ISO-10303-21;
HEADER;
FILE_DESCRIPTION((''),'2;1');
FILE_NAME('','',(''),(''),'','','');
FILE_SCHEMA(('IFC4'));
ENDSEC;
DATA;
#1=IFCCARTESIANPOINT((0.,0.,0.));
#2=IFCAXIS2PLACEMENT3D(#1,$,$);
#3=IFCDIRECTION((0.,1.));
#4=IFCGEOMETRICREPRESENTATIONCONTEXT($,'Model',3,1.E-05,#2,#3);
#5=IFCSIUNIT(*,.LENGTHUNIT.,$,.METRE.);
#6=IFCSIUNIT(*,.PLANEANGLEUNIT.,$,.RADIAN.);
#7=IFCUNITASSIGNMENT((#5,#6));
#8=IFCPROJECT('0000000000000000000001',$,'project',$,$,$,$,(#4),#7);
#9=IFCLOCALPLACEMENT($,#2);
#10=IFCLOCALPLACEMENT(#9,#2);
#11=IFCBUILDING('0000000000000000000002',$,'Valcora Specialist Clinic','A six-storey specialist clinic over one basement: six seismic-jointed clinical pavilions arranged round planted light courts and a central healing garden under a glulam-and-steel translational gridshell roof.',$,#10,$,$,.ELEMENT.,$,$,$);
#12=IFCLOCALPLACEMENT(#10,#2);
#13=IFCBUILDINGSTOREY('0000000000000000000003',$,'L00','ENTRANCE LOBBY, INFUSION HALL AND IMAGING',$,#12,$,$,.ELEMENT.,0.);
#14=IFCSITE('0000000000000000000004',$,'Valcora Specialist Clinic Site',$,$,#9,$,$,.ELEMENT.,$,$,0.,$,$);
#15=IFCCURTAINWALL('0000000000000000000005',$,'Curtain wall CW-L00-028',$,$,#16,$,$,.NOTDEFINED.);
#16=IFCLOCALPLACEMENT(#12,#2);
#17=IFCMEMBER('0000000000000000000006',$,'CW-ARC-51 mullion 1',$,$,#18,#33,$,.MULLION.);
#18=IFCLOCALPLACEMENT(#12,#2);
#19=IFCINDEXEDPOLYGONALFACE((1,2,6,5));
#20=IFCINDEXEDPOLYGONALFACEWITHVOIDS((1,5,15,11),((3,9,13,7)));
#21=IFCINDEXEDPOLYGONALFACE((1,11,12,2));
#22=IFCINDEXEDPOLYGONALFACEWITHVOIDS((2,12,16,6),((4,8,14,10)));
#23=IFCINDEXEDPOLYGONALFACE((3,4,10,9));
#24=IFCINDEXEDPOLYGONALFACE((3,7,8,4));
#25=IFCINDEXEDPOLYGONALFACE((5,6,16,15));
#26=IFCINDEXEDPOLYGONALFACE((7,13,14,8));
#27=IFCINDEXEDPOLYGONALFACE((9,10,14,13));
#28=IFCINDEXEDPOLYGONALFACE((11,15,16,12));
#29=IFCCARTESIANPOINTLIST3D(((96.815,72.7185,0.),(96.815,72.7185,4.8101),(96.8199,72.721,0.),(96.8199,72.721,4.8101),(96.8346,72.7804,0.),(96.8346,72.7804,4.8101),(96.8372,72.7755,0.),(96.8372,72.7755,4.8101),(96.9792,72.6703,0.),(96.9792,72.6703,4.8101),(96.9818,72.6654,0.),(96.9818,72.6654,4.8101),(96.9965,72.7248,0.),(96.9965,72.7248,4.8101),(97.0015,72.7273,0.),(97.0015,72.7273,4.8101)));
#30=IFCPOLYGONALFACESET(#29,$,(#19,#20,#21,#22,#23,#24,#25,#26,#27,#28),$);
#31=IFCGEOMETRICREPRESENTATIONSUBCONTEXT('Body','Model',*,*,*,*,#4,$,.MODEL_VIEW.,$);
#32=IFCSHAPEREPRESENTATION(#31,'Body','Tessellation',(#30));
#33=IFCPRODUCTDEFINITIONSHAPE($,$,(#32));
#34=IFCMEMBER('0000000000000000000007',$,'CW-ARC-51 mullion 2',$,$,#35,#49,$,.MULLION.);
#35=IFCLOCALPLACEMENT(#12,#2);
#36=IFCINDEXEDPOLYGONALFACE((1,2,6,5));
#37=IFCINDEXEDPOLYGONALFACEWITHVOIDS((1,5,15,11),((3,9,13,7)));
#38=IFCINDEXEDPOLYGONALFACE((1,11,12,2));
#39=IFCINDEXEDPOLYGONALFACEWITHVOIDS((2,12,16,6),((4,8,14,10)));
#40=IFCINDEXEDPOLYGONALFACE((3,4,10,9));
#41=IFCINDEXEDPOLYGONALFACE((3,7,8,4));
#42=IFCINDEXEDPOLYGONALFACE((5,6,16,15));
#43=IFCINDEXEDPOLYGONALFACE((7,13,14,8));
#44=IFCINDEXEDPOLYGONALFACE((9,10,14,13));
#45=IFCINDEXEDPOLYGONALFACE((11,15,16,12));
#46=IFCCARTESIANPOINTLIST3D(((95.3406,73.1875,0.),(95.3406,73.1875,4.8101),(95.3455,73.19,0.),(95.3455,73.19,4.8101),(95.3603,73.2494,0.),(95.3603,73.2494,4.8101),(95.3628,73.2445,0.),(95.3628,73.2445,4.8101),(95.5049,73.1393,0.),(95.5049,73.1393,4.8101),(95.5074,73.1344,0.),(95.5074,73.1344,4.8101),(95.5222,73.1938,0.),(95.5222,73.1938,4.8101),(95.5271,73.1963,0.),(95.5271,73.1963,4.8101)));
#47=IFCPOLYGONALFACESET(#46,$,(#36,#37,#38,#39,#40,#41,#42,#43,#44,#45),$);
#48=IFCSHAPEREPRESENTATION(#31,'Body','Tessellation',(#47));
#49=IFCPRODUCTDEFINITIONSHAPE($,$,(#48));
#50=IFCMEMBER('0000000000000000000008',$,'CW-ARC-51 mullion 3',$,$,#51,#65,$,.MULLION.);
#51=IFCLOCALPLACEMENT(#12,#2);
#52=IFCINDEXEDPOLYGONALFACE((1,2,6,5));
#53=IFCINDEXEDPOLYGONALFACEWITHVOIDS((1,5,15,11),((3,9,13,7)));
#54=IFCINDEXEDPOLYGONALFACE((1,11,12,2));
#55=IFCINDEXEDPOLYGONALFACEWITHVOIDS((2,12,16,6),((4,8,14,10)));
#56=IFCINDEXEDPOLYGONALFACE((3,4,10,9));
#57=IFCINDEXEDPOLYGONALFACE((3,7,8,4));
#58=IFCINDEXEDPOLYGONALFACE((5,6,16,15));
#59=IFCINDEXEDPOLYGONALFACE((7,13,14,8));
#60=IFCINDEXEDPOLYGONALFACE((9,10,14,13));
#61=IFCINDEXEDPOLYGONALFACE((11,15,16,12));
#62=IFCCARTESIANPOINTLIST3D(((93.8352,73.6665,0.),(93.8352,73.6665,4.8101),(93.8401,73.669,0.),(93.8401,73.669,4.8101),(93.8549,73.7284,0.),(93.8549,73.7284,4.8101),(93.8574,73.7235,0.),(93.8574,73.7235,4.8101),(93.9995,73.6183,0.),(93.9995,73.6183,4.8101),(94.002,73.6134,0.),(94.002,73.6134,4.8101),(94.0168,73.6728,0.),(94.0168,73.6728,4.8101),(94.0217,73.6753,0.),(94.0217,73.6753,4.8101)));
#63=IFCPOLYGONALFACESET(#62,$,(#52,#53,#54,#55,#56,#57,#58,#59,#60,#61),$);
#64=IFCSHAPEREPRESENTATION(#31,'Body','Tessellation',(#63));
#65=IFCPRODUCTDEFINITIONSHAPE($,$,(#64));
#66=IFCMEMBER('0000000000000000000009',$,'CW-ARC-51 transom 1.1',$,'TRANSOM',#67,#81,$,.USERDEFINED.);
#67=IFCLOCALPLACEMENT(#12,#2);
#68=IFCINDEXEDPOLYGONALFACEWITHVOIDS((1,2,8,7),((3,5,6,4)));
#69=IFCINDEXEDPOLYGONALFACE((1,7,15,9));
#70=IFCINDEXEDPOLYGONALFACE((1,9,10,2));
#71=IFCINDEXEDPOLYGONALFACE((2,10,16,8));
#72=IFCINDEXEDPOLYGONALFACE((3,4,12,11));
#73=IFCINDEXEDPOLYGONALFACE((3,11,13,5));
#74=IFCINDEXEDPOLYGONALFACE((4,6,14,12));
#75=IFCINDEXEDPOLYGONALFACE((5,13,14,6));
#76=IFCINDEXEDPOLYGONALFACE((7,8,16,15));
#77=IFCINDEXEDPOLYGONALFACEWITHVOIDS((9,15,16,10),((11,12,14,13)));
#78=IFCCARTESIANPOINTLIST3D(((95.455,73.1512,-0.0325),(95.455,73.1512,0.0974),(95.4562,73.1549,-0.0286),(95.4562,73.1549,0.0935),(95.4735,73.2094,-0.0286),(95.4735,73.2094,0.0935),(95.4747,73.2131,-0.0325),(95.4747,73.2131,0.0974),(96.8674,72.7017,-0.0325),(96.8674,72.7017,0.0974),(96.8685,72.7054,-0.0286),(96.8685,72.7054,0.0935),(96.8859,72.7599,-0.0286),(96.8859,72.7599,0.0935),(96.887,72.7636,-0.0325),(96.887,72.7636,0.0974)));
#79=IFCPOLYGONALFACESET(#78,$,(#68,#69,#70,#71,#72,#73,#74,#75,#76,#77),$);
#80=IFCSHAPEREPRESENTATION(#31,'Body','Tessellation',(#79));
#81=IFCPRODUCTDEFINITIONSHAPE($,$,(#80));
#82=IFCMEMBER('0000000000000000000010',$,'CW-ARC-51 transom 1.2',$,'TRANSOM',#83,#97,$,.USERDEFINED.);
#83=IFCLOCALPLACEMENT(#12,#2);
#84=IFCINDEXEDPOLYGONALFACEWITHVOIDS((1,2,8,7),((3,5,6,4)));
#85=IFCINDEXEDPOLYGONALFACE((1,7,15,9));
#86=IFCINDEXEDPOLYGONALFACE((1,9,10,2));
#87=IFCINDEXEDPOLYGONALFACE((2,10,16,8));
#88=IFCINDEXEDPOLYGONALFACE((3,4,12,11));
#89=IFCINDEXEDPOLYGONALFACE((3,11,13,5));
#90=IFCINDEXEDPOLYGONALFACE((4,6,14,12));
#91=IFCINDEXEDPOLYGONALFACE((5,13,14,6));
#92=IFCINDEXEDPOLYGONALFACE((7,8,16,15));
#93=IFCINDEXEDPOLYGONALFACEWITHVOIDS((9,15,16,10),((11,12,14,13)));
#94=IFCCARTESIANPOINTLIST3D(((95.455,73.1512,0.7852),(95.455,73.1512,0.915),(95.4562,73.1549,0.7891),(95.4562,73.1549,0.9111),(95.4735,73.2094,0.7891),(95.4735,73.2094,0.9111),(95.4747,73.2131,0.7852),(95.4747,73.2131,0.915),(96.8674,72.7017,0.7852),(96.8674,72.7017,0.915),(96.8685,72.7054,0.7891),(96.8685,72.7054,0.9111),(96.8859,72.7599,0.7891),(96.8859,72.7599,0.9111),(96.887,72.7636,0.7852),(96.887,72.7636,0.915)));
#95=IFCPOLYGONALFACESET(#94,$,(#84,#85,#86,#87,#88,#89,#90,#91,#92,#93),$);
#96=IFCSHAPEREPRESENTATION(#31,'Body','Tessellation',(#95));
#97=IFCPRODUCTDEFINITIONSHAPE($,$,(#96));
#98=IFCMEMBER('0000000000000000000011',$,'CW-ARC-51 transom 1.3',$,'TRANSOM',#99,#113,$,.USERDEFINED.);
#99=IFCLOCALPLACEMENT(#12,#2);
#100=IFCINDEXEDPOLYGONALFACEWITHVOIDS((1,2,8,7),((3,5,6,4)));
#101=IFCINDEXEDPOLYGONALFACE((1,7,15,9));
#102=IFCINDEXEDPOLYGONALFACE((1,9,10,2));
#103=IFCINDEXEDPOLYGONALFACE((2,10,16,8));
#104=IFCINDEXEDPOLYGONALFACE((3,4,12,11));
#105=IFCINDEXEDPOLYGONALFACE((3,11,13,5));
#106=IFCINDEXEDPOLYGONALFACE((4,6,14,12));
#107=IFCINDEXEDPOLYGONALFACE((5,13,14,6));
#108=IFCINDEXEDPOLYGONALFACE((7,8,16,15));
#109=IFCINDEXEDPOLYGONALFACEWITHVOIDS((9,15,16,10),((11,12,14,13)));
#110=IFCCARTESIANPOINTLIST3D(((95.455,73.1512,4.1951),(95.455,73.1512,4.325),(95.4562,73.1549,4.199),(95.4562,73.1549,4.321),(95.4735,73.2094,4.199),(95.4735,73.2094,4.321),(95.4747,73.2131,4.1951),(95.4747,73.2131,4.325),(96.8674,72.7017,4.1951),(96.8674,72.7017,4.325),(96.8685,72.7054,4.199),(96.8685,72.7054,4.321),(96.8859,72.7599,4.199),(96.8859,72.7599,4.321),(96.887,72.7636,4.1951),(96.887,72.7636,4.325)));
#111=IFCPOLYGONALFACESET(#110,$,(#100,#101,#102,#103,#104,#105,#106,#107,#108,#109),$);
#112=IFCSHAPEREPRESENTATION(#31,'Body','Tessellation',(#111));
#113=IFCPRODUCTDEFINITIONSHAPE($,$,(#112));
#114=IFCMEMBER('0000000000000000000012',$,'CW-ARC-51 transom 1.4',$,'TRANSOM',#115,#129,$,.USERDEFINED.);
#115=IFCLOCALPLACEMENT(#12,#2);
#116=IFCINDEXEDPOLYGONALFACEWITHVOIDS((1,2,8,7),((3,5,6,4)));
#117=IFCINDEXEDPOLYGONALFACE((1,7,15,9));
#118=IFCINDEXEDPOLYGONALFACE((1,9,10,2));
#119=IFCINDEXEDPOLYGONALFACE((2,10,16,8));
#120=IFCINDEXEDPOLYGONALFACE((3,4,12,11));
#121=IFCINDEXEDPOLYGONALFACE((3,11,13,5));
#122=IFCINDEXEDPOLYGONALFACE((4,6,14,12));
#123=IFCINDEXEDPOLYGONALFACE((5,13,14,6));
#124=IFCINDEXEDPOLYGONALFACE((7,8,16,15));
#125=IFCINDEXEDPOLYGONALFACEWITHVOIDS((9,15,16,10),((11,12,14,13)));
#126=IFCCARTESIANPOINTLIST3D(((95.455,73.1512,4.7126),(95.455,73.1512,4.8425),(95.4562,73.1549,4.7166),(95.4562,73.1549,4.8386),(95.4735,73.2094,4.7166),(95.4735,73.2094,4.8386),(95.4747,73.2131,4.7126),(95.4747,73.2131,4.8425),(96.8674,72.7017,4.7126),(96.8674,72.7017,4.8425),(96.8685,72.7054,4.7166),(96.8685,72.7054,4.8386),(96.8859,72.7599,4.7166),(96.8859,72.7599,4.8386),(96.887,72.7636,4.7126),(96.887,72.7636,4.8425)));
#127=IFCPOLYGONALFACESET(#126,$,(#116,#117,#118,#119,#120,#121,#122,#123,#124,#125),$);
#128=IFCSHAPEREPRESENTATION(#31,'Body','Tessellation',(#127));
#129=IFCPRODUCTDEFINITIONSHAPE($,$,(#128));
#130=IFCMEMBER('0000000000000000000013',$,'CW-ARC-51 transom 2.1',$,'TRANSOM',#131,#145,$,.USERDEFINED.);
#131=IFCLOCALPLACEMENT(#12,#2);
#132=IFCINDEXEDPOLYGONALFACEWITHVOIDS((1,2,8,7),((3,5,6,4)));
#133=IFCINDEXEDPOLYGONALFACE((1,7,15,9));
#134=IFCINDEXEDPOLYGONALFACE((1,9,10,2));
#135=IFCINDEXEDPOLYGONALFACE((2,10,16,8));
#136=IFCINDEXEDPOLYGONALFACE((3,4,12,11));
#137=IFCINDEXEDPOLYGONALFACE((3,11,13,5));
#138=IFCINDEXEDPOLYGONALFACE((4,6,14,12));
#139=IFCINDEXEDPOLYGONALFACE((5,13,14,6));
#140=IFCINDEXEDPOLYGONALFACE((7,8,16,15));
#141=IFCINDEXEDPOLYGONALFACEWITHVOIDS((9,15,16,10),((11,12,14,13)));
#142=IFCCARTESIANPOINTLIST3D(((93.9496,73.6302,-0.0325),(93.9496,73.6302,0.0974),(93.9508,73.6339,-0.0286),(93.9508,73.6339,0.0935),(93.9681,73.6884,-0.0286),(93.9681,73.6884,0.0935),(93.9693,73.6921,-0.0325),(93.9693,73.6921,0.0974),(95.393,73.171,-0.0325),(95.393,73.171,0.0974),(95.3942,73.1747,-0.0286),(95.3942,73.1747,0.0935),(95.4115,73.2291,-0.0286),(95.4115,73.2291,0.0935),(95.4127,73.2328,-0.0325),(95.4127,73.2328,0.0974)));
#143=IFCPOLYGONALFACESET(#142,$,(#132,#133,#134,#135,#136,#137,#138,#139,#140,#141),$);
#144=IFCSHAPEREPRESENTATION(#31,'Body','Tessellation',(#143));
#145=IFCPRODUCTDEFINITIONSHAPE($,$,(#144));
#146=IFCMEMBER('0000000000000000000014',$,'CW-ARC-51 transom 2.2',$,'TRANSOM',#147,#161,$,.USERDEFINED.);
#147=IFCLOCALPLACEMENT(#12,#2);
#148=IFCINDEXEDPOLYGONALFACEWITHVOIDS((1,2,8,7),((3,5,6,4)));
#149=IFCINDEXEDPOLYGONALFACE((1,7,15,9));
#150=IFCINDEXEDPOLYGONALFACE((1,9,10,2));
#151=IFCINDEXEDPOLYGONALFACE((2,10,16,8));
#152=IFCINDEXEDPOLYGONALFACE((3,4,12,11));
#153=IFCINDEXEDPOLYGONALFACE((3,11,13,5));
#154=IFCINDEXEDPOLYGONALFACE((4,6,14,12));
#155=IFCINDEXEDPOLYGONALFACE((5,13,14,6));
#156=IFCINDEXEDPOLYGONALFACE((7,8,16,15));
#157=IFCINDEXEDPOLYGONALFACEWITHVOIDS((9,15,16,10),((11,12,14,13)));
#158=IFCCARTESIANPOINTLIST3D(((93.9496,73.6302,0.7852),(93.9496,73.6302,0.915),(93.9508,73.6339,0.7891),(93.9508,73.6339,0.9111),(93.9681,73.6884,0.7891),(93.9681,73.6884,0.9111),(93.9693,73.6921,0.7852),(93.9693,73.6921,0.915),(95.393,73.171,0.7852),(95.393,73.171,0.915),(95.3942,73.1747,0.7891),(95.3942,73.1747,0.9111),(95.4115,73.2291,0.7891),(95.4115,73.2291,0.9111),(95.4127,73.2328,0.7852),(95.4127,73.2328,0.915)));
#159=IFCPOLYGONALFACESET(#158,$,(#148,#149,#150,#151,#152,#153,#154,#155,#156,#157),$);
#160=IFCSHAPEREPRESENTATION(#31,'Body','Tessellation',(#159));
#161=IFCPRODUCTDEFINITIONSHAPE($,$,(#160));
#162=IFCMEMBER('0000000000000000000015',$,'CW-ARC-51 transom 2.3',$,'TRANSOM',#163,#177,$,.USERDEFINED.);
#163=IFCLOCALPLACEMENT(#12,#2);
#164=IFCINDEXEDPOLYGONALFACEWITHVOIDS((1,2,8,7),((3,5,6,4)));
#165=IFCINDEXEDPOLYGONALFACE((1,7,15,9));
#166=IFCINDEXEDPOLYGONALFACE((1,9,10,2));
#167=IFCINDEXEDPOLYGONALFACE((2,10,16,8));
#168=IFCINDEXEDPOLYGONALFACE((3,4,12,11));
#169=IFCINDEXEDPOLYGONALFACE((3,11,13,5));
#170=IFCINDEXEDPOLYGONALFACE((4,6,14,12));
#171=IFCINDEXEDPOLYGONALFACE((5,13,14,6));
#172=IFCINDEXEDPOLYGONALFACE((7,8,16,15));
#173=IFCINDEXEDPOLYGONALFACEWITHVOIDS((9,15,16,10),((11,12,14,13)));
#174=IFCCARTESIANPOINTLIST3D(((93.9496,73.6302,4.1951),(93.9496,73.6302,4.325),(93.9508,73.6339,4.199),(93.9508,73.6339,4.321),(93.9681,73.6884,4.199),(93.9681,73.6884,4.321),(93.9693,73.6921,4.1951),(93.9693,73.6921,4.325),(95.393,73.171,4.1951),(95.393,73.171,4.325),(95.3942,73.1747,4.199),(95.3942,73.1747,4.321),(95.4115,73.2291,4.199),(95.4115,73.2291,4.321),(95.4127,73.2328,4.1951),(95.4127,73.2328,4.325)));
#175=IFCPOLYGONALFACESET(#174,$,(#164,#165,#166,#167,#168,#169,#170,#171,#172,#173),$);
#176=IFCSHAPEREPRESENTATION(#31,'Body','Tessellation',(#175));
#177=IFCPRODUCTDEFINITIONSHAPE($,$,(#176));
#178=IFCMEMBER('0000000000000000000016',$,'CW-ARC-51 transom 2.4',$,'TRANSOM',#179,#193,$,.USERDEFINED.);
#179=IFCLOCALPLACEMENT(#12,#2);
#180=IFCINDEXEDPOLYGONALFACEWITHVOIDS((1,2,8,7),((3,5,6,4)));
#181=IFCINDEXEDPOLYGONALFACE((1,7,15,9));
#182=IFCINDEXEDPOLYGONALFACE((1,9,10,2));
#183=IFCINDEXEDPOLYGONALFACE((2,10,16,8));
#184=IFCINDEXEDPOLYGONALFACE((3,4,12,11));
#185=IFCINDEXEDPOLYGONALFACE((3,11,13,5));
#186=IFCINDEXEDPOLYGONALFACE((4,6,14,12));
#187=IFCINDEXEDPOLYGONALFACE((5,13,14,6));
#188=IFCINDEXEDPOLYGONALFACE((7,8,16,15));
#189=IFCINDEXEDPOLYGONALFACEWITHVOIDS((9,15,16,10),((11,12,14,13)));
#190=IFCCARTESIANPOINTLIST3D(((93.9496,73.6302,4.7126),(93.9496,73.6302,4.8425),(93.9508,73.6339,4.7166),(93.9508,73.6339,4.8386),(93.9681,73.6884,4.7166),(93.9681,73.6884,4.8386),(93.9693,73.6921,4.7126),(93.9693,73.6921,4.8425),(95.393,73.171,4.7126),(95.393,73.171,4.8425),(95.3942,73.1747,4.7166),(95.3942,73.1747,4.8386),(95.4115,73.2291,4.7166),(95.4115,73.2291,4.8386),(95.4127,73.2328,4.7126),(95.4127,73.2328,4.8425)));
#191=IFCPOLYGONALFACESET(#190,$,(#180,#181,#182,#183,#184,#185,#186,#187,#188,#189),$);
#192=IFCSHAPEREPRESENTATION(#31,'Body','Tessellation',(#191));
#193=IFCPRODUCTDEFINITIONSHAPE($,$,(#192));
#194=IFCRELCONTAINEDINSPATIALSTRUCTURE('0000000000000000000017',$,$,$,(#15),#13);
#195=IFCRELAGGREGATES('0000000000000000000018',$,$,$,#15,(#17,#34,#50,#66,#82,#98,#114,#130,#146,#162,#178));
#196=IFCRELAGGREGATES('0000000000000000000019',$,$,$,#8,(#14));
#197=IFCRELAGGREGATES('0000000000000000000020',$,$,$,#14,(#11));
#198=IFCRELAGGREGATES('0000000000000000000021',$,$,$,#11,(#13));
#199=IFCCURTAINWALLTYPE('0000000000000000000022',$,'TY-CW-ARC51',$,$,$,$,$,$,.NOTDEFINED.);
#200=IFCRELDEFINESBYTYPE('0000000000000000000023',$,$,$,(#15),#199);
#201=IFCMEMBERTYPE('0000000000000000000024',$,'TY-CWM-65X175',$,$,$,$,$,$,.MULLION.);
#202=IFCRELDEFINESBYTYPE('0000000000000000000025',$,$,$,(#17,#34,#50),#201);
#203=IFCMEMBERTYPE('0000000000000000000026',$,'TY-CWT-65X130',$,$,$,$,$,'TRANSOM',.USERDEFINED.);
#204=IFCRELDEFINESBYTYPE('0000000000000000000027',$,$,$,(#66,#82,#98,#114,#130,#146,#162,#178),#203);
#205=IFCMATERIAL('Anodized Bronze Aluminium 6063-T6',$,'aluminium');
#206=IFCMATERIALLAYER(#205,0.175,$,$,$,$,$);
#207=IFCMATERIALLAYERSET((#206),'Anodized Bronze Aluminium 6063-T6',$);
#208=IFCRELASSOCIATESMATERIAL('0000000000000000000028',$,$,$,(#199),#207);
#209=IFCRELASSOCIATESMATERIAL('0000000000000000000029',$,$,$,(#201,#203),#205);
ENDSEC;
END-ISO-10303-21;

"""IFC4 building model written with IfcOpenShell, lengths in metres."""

from ifc_helpers import new_model, si_unit, direction, frame, origin, origin_2d, place, context, subcontext, project, spatial, hollow_rectangle, extrude, material, layer, layer_set, material_profile, profile_set, type_object, element, aggregate, save


model = new_model("IFC4")

# Units and contexts
model_context = context("Model", 3, precision=1e-05, world=origin(), true_north=direction((0.0, 1.0)))
body_context = subcontext(model_context, "Body", "Model", "MODEL_VIEW")
ifc_project = project(units=[si_unit("LENGTHUNIT", "METRE"), si_unit("PLANEANGLEUNIT", "RADIAN")], contexts=[model_context])

# Site, building, storey
site_placement = place(None, origin())
site = spatial("IfcSite", under=ifc_project, at=site_placement, Name="Valcora Specialist Clinic Site", CompositionType="ELEMENT", RefElevation=0.0)
building_placement = place(site_placement, origin())
building = spatial("IfcBuilding", under=site, at=building_placement, Name="Valcora Specialist Clinic", Description="A six-storey specialist clinic over one basement: six seismic-jointed clinical pavilions arranged round planted light courts and a central healing garden under a glulam-and-steel translational gridshell roof.", CompositionType="ELEMENT")
storey_placement = place(building_placement, origin())
storey = spatial("IfcBuildingStorey", under=building, at=storey_placement, Name="L00", Description="ENTRANCE LOBBY, INFUSION HALL AND IMAGING", CompositionType="ELEMENT", Elevation=0.0)

# Curtain wall, members
ifc_material_1 = material(Name="Anodized Bronze Aluminium 6063-T6", Category="aluminium")
ifc_layer_1 = layer(ifc_material_1, 0.175)
ifc_layer_set_1 = layer_set([ifc_layer_1], Name="Anodized Bronze Aluminium 6063-T6")
curtain_wall_type = type_object("IfcCurtainWallType", Name="TY-CW-ARC51", PredefinedType="NOTDEFINED", material=ifc_layer_set_1)
curtain_wall_placement = place(storey_placement, origin())
curtain_wall = element("IfcCurtainWall", 1, at=curtain_wall_placement, inside=storey, type_object=curtain_wall_type, Name="Curtain wall CW-L00-028", PredefinedType="NOTDEFINED")
ifc_material_profile_1 = material_profile(ifc_material_1, hollow_rectangle(XDim=0.0649, YDim=0.175, WallThickness=0.0039, at=origin_2d()), Name="AL-MUL-65X175")
ifc_profile_set_1 = profile_set([ifc_material_profile_1], Name="Anodized Bronze Aluminium 6063-T6")
member_type_1 = type_object("IfcMemberType", Name="TY-CWM-65X175", PredefinedType="MULLION", material=ifc_profile_set_1)
member_1_placement = place(storey_placement, frame((96.9082, 72.7229, 0.0), z_axis=(0.0, 0.0, 1.0), x_axis=(-0.303233, -0.952916, 0.0)))
member_1 = element("IfcMember", 2, at=member_1_placement, type_object=member_type_1, Name="CW-ARC-51 mullion 1", PredefinedType="MULLION", context=body_context, shape_type="SweptSolid", body=[
    extrude(hollow_rectangle(XDim=0.0649, YDim=0.175, WallThickness=0.0039, at=origin_2d()), origin(), (0.0, 0.0, 1.0), 4.8101),
])
member_2_placement = place(storey_placement, frame((95.4338, 73.1919, 0.0), z_axis=(0.0, 0.0, 1.0), x_axis=(-0.303233, -0.952916, 0.0)))
member_2 = element("IfcMember", 3, at=member_2_placement, type_object=member_type_1, Name="CW-ARC-51 mullion 2", PredefinedType="MULLION", context=body_context, shape_type="SweptSolid", body=[
    extrude(hollow_rectangle(XDim=0.0649, YDim=0.175, WallThickness=0.0039, at=origin_2d()), origin(), (0.0, 0.0, 1.0), 4.8101),
])
member_3_placement = place(storey_placement, frame((93.9285, 73.6709, 0.0), z_axis=(0.0, 0.0, 1.0), x_axis=(-0.303233, -0.952916, 0.0)))
member_3 = element("IfcMember", 4, at=member_3_placement, type_object=member_type_1, Name="CW-ARC-51 mullion 3", PredefinedType="MULLION", context=body_context, shape_type="SweptSolid", body=[
    extrude(hollow_rectangle(XDim=0.0649, YDim=0.175, WallThickness=0.0039, at=origin_2d()), origin(), (0.0, 0.0, 1.0), 4.8101),
])
ifc_material_profile_2 = material_profile(ifc_material_1, hollow_rectangle(XDim=0.0649, YDim=0.1299, WallThickness=0.0039, at=origin_2d()), Name="AL-TRN-65X130")
ifc_profile_set_2 = profile_set([ifc_material_profile_2], Name="Anodized Bronze Aluminium 6063-T6")
member_type_2 = type_object("IfcMemberType", Name="TY-CWT-65X130", ElementType="TRANSOM", PredefinedType="USERDEFINED", material=ifc_profile_set_2)
member_4_placement = place(storey_placement, frame((96.8772, 72.7327, 0.0325), z_axis=(-0.952911, 0.303251, 0.0), x_axis=(-0.303251, -0.952911, 0.0)))
member_4 = element("IfcMember", 5, at=member_4_placement, type_object=member_type_2, Name="CW-ARC-51 transom 1.1", ObjectType="TRANSOM", PredefinedType="USERDEFINED", context=body_context, shape_type="SweptSolid", body=[
    extrude(hollow_rectangle(XDim=0.0649, YDim=0.1299, WallThickness=0.0039, at=origin_2d()), origin(), (0.0, 0.0, 1.0), 1.4822),
])
member_5_placement = place(storey_placement, frame((96.8772, 72.7327, 0.8501), z_axis=(-0.952911, 0.303251, 0.0), x_axis=(-0.303251, -0.952911, 0.0)))
member_5 = element("IfcMember", 6, at=member_5_placement, type_object=member_type_2, Name="CW-ARC-51 transom 1.2", ObjectType="TRANSOM", PredefinedType="USERDEFINED", context=body_context, shape_type="SweptSolid", body=[
    extrude(hollow_rectangle(XDim=0.0649, YDim=0.1299, WallThickness=0.0039, at=origin_2d()), origin(), (0.0, 0.0, 1.0), 1.4822),
])
member_6_placement = place(storey_placement, frame((96.8772, 72.7327, 4.26), z_axis=(-0.952911, 0.303251, 0.0), x_axis=(-0.303251, -0.952911, 0.0)))
member_6 = element("IfcMember", 7, at=member_6_placement, type_object=member_type_2, Name="CW-ARC-51 transom 1.3", ObjectType="TRANSOM", PredefinedType="USERDEFINED", context=body_context, shape_type="SweptSolid", body=[
    extrude(hollow_rectangle(XDim=0.0649, YDim=0.1299, WallThickness=0.0039, at=origin_2d()), origin(), (0.0, 0.0, 1.0), 1.4822),
])
member_7_placement = place(storey_placement, frame((96.8772, 72.7327, 4.7776), z_axis=(-0.952911, 0.303251, 0.0), x_axis=(-0.303251, -0.952911, 0.0)))
member_7 = element("IfcMember", 8, at=member_7_placement, type_object=member_type_2, Name="CW-ARC-51 transom 1.4", ObjectType="TRANSOM", PredefinedType="USERDEFINED", context=body_context, shape_type="SweptSolid", body=[
    extrude(hollow_rectangle(XDim=0.0649, YDim=0.1299, WallThickness=0.0039, at=origin_2d()), origin(), (0.0, 0.0, 1.0), 1.4822),
])
member_8_placement = place(storey_placement, frame((95.4028, 73.2019, 0.0325), z_axis=(-0.95293, 0.30319, 0.0), x_axis=(-0.30319, -0.95293, 0.0)))
member_8 = element("IfcMember", 9, at=member_8_placement, type_object=member_type_2, Name="CW-ARC-51 transom 2.1", ObjectType="TRANSOM", PredefinedType="USERDEFINED", context=body_context, shape_type="SweptSolid", body=[
    extrude(hollow_rectangle(XDim=0.0649, YDim=0.1299, WallThickness=0.0039, at=origin_2d()), origin(), (0.0, 0.0, 1.0), 1.5146),
])
member_9_placement = place(storey_placement, frame((95.4028, 73.2019, 0.8501), z_axis=(-0.95293, 0.30319, 0.0), x_axis=(-0.30319, -0.95293, 0.0)))
member_9 = element("IfcMember", 10, at=member_9_placement, type_object=member_type_2, Name="CW-ARC-51 transom 2.2", ObjectType="TRANSOM", PredefinedType="USERDEFINED", context=body_context, shape_type="SweptSolid", body=[
    extrude(hollow_rectangle(XDim=0.0649, YDim=0.1299, WallThickness=0.0039, at=origin_2d()), origin(), (0.0, 0.0, 1.0), 1.5146),
])
member_10_placement = place(storey_placement, frame((95.4028, 73.2019, 4.26), z_axis=(-0.95293, 0.30319, 0.0), x_axis=(-0.30319, -0.95293, 0.0)))
member_10 = element("IfcMember", 11, at=member_10_placement, type_object=member_type_2, Name="CW-ARC-51 transom 2.3", ObjectType="TRANSOM", PredefinedType="USERDEFINED", context=body_context, shape_type="SweptSolid", body=[
    extrude(hollow_rectangle(XDim=0.0649, YDim=0.1299, WallThickness=0.0039, at=origin_2d()), origin(), (0.0, 0.0, 1.0), 1.5146),
])
member_11_placement = place(storey_placement, frame((95.4028, 73.2019, 4.7776), z_axis=(-0.95293, 0.30319, 0.0), x_axis=(-0.30319, -0.95293, 0.0)))
member_11 = element("IfcMember", 12, at=member_11_placement, type_object=member_type_2, Name="CW-ARC-51 transom 2.4", ObjectType="TRANSOM", PredefinedType="USERDEFINED", context=body_context, shape_type="SweptSolid", body=[
    extrude(hollow_rectangle(XDim=0.0649, YDim=0.1299, WallThickness=0.0039, at=origin_2d()), origin(), (0.0, 0.0, 1.0), 1.5146),
])
aggregate(curtain_wall, [member_1, member_2, member_3, member_4, member_5, member_6, member_7, member_8, member_9, member_10, member_11])

save(model, "model.ifc")
